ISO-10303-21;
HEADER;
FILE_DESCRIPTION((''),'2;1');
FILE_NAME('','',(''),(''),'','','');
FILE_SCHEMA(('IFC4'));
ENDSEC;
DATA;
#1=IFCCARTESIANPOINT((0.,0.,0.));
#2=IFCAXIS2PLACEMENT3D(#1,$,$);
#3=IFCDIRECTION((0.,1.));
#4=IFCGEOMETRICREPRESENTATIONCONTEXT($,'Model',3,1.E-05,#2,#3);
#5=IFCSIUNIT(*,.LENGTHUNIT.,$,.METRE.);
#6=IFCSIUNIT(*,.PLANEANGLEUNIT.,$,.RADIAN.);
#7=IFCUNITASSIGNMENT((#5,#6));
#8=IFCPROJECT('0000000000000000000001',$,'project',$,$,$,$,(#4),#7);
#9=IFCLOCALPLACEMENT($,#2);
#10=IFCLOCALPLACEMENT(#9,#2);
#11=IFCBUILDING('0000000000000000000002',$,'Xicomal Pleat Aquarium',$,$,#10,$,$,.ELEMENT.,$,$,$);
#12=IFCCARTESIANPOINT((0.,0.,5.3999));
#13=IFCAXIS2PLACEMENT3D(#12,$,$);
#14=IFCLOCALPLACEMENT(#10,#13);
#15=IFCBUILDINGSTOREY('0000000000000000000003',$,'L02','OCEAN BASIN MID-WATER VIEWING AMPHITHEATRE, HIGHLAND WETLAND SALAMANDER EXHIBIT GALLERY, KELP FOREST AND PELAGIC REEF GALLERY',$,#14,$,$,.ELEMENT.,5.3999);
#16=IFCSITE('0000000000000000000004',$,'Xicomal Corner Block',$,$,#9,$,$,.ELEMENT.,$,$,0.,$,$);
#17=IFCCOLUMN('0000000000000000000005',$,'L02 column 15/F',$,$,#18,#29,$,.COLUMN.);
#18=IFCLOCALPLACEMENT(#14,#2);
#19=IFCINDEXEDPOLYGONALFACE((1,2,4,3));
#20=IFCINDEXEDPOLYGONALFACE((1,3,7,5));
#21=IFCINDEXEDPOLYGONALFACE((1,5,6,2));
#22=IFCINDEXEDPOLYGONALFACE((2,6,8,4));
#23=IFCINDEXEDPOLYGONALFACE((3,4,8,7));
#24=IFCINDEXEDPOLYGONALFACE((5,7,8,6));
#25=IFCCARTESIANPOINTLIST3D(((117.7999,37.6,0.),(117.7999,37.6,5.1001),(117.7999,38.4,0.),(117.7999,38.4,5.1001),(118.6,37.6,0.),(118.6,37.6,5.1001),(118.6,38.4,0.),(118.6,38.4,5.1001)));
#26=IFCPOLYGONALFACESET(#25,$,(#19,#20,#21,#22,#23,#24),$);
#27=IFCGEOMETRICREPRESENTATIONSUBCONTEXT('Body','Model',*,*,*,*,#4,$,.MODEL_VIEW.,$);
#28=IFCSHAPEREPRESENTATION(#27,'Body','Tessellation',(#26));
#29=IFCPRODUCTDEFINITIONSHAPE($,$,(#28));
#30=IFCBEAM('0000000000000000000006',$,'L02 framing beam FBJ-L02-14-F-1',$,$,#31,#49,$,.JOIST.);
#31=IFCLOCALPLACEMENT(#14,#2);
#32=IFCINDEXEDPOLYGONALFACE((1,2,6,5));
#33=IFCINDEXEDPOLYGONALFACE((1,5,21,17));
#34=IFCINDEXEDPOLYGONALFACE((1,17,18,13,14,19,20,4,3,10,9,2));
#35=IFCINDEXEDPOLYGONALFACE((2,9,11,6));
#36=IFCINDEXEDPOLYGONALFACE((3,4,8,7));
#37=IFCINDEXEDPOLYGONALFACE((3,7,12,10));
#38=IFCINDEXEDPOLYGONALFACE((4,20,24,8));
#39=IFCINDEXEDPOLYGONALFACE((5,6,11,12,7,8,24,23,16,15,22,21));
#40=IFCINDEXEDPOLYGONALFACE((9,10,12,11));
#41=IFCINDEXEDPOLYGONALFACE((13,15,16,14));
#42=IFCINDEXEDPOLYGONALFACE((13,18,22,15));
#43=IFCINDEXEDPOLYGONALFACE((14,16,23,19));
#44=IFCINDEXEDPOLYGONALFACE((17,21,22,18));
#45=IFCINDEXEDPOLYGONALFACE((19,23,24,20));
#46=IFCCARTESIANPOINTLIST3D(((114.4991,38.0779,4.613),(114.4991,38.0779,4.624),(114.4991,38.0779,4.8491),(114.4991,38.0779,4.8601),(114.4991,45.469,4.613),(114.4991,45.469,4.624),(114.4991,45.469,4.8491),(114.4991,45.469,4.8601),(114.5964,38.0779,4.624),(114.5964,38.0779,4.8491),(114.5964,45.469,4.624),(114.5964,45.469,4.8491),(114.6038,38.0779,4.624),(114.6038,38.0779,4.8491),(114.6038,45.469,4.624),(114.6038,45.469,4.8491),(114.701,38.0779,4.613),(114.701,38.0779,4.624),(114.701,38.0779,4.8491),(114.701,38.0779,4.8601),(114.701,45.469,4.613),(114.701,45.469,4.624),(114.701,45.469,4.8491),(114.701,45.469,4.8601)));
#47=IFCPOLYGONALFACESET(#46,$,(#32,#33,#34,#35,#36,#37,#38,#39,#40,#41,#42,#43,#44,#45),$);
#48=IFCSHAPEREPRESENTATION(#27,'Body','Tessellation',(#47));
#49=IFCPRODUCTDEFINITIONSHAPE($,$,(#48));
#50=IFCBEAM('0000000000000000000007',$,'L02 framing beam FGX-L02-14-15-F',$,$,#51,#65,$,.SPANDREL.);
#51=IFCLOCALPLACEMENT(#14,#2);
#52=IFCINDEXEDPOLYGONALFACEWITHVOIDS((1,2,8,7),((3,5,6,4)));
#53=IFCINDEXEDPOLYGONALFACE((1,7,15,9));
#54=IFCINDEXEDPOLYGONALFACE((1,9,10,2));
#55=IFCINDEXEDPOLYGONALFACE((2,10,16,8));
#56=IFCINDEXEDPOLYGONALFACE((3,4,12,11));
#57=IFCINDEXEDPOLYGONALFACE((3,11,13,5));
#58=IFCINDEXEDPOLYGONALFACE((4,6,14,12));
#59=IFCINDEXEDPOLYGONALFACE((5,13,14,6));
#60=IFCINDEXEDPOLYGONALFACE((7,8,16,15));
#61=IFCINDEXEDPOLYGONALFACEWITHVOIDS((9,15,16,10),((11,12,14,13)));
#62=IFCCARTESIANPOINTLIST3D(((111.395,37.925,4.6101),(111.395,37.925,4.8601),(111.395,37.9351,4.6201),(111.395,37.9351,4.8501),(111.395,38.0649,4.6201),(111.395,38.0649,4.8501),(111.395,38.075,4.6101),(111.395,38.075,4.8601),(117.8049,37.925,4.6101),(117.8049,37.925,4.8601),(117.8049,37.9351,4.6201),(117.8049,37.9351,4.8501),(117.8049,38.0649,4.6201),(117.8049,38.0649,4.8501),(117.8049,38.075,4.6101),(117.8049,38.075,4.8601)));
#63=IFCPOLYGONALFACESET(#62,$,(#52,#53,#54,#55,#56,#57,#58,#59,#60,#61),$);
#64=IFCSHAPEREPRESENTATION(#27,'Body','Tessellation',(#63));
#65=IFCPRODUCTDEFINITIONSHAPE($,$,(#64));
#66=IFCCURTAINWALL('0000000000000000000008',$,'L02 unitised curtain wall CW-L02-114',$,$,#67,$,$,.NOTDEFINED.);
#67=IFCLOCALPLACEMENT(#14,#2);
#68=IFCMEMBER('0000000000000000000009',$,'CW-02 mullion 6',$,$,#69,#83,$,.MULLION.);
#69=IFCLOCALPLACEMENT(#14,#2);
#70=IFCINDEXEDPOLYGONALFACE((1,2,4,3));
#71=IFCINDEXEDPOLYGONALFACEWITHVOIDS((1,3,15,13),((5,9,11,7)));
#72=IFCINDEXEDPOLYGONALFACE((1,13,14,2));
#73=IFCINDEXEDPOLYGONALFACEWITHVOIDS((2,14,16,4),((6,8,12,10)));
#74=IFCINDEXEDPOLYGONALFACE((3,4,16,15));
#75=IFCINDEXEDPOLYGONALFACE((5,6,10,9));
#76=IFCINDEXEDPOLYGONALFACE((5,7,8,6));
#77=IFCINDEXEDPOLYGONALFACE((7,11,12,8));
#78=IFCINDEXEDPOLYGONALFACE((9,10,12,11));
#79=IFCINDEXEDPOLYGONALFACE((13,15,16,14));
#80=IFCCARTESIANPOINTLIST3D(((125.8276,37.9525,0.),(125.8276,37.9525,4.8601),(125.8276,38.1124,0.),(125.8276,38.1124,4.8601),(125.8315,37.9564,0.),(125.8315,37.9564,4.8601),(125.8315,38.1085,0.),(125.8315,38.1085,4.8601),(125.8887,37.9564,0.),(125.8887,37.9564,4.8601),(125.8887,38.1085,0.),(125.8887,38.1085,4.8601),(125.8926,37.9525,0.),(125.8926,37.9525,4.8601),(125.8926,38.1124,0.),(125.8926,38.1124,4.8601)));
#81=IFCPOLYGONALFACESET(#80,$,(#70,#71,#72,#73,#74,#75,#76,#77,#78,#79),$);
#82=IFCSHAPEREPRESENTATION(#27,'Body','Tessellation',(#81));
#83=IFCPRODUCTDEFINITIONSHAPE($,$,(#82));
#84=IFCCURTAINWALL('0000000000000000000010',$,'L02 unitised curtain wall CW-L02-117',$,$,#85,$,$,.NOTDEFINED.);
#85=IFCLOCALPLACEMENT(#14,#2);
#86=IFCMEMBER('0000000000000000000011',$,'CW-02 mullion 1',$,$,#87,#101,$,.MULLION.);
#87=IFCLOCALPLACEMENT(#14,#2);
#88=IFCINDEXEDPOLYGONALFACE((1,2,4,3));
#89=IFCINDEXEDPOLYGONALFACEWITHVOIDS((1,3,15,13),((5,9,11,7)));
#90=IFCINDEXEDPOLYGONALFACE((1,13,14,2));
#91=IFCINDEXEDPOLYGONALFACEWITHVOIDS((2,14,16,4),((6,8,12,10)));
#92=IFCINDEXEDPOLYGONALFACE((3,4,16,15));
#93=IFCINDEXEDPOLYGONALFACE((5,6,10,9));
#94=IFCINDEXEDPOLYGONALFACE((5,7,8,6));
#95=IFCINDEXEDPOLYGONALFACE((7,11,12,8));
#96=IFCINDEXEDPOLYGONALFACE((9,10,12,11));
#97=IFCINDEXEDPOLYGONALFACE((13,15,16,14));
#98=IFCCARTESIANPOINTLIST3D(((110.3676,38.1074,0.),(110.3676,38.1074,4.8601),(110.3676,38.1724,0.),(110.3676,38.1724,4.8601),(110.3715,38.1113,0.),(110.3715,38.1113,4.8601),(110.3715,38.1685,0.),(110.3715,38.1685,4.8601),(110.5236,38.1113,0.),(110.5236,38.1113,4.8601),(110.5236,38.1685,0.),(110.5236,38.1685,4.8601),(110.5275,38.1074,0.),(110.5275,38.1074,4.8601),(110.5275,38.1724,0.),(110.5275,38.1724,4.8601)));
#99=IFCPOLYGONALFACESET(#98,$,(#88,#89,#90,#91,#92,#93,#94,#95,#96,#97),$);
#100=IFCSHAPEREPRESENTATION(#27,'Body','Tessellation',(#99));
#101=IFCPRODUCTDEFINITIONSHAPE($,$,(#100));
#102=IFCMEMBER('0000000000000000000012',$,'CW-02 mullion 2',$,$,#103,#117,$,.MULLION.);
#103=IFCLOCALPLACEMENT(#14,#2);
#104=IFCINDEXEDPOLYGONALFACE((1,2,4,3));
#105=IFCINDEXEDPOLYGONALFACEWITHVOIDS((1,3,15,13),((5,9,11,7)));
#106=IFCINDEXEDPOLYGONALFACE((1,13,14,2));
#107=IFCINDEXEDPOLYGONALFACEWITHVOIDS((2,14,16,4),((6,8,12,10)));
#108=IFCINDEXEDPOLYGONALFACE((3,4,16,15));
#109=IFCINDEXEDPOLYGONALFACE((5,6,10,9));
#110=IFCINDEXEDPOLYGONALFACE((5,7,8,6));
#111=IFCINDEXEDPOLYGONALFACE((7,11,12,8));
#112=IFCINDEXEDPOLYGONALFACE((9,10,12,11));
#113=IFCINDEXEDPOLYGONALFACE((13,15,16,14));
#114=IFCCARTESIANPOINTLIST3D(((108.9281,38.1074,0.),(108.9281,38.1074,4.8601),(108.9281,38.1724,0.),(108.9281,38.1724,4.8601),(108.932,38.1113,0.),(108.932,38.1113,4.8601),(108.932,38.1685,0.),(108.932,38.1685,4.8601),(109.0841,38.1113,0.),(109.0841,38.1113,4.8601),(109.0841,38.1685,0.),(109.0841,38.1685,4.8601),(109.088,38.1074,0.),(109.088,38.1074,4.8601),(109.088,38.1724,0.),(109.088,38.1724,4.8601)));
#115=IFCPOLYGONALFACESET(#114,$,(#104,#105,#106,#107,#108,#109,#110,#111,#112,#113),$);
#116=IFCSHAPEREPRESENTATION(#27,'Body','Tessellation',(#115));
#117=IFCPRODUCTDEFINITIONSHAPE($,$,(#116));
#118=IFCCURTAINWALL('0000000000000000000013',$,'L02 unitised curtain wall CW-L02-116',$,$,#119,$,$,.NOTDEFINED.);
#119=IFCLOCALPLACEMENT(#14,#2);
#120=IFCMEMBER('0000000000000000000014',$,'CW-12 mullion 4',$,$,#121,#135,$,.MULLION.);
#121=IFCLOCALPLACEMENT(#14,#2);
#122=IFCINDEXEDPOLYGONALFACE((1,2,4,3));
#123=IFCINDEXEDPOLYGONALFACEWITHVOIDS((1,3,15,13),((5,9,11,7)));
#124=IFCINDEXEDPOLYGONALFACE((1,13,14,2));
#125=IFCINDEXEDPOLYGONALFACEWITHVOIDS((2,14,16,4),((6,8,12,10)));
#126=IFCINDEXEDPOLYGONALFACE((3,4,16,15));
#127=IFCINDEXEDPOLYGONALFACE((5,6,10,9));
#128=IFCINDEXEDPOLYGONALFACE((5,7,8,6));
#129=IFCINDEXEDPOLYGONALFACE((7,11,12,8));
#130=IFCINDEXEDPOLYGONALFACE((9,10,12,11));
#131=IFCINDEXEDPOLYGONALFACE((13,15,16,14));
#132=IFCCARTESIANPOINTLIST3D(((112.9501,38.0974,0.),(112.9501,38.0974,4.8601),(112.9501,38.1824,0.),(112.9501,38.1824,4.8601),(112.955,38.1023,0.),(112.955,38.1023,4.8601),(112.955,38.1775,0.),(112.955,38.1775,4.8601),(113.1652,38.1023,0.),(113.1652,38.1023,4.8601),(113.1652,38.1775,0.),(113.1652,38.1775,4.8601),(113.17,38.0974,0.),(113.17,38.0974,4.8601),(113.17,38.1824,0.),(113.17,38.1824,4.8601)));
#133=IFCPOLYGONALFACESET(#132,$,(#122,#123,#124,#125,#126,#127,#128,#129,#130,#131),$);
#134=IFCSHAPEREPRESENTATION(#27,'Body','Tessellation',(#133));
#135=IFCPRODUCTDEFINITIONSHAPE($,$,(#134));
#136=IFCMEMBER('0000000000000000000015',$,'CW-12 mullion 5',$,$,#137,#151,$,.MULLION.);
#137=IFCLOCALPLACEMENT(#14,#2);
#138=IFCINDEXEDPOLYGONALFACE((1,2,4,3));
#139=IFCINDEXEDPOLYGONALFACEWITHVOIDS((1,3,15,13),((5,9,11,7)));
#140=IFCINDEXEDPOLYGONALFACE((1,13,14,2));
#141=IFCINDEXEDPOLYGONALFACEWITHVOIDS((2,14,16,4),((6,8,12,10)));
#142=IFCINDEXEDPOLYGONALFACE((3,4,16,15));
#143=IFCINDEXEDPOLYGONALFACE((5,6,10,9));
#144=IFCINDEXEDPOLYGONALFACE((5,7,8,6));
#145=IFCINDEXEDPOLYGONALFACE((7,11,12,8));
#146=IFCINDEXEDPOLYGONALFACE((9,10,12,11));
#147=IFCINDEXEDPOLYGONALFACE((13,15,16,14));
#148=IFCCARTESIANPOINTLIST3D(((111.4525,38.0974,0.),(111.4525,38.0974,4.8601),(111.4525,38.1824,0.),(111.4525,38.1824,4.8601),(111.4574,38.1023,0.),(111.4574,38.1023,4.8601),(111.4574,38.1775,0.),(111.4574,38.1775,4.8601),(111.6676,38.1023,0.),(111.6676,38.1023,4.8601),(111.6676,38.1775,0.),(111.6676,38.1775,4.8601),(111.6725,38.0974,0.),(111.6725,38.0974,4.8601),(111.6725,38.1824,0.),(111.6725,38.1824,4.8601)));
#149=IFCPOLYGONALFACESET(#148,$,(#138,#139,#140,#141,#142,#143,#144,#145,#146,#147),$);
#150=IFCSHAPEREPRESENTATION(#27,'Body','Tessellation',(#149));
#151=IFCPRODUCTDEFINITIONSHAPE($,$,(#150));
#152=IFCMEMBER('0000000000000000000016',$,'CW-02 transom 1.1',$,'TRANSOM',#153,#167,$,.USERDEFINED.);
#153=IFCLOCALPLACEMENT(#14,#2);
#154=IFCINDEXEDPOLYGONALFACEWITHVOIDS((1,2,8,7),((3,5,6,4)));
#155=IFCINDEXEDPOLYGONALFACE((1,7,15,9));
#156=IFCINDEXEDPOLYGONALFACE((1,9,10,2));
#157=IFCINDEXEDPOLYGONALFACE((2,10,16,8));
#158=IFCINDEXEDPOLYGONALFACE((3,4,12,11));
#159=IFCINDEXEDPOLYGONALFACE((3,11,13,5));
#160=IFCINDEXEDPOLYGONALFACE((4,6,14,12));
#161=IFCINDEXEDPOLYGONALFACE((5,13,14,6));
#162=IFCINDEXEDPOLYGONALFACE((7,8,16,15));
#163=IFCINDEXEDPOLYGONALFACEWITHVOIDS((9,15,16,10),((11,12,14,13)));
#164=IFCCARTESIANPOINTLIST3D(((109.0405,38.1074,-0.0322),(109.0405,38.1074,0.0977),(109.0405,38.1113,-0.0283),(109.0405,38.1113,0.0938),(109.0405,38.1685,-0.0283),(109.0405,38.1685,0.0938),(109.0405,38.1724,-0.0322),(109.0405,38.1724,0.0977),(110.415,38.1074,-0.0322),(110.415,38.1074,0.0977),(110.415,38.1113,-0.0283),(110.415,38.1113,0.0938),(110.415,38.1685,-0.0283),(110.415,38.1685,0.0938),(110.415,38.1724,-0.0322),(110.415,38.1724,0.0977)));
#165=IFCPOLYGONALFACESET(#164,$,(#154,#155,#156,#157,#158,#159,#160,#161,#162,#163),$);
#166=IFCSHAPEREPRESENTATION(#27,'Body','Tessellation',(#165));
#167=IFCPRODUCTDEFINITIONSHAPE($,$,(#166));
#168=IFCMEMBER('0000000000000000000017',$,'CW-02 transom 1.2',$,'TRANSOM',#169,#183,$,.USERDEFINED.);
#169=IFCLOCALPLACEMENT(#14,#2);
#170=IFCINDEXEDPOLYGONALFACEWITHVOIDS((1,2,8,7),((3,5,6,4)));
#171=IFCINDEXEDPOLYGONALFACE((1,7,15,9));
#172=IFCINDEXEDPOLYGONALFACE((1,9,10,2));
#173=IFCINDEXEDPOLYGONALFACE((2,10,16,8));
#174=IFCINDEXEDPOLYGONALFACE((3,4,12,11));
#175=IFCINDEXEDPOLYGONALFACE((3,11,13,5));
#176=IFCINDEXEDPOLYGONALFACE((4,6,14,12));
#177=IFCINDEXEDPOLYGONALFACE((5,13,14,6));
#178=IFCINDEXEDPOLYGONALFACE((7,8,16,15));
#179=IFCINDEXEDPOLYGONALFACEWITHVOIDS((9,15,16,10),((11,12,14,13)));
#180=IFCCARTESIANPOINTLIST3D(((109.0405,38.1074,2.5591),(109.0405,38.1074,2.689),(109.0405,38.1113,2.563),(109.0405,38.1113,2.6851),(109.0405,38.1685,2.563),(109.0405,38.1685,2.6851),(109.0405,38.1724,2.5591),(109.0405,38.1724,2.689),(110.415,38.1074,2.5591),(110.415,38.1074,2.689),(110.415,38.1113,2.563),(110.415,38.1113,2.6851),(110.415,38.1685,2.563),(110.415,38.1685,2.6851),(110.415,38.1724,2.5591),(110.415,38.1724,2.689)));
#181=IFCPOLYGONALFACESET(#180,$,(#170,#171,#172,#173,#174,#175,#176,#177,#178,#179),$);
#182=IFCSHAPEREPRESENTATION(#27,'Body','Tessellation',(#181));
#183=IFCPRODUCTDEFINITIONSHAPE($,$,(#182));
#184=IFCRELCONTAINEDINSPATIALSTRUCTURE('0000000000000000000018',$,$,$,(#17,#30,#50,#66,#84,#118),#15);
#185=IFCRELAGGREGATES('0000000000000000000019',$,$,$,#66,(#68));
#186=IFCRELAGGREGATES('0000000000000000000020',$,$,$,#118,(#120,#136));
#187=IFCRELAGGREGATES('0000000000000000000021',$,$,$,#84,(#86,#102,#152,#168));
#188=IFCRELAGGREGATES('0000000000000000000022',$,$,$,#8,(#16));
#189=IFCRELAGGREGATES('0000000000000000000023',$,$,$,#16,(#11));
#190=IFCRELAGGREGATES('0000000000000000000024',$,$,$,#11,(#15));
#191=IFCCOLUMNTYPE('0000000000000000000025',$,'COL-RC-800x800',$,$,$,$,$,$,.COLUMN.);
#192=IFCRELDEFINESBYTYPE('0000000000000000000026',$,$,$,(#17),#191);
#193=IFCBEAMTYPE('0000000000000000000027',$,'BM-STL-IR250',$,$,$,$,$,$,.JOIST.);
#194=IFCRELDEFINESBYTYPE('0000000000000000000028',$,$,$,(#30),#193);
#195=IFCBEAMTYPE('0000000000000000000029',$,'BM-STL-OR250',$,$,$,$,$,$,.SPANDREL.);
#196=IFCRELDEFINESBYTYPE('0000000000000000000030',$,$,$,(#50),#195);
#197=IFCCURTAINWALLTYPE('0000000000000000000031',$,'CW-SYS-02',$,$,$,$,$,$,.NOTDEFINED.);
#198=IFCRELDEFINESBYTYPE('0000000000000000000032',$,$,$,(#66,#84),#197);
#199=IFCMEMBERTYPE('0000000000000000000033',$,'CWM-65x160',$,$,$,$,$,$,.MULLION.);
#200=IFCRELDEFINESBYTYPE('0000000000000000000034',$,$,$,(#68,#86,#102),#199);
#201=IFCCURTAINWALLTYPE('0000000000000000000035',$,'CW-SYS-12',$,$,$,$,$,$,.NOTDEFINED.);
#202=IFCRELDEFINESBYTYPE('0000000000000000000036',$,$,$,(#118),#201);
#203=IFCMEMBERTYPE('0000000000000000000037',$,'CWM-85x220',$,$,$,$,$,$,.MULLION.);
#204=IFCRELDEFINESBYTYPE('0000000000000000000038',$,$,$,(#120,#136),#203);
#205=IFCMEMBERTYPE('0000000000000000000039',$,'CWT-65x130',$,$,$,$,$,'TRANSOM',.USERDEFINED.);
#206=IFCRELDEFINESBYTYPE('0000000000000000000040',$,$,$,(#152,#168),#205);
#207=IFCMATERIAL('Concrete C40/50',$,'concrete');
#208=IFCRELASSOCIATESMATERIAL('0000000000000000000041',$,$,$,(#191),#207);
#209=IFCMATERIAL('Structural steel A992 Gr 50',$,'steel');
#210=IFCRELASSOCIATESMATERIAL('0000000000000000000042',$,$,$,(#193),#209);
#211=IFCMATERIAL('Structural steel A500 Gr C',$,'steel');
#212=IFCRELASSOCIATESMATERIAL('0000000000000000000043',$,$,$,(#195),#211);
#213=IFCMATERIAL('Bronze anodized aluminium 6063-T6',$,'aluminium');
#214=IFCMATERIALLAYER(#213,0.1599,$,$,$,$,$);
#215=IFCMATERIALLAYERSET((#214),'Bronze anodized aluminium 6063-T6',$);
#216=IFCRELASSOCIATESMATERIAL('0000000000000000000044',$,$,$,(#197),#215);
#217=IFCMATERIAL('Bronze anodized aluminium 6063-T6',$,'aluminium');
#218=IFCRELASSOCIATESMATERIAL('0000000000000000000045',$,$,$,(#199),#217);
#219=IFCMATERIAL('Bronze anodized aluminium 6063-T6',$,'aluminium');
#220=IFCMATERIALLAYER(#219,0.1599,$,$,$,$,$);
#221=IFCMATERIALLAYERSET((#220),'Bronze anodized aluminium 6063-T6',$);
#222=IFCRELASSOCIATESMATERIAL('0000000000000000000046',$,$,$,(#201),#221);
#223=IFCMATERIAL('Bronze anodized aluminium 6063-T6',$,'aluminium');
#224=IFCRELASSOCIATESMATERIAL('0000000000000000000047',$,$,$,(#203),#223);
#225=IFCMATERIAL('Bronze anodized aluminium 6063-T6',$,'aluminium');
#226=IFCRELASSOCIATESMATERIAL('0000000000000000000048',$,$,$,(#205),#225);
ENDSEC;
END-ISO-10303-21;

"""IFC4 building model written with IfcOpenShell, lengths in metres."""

from ifc_helpers import new_model, si_unit, direction, frame, origin, origin_2d, place, context, subcontext, project, spatial, rectangle, hollow_rectangle, i_section, extrude, material, layer, layer_set, material_profile, profile_set, type_object, element, aggregate, save


model = new_model("IFC4")

# Units and contexts
model_context = context("Model", 3, precision=1e-05, world=origin(), true_north=direction((0.0, 1.0)))
body_context = subcontext(model_context, "Body", "Model", "MODEL_VIEW")
ifc_project = project(units=[si_unit("LENGTHUNIT", "METRE"), si_unit("PLANEANGLEUNIT", "RADIAN")], contexts=[model_context])

# Site, building, storey
site_placement = place(None, origin())
site = spatial("IfcSite", under=ifc_project, at=site_placement, Name="Xicomal Corner Block", CompositionType="ELEMENT", RefElevation=0.0)
building_placement = place(site_placement, origin())
building = spatial("IfcBuilding", under=site, at=building_placement, Name="Xicomal Pleat Aquarium", CompositionType="ELEMENT")
storey_placement = place(building_placement, frame((0.0, 0.0, 5.3999)))
storey = spatial("IfcBuildingStorey", under=building, at=storey_placement, Name="L02", Description="OCEAN BASIN MID-WATER VIEWING AMPHITHEATRE, HIGHLAND WETLAND SALAMANDER EXHIBIT GALLERY, KELP FOREST AND PELAGIC REEF GALLERY", CompositionType="ELEMENT", Elevation=5.3999)

# Column
ifc_material_1 = material(Name="Concrete C40/50", Category="concrete")
ifc_material_profile_1 = material_profile(ifc_material_1, rectangle(XDim=0.8, YDim=0.8, at=origin_2d()), Name="RC 800x800")
ifc_profile_set_1 = profile_set([ifc_material_profile_1], Name="Concrete C40/50")
column_type = type_object("IfcColumnType", Name="COL-RC-800x800", PredefinedType="COLUMN", material=ifc_profile_set_1)
column_placement = place(storey_placement, frame((118.2, 38.0, 0.0), z_axis=(0.0, 0.0, 1.0), x_axis=(1.0, 0.0, 0.0)))
element("IfcColumn", 1, at=column_placement, inside=storey, type_object=column_type, Name="L02 column 15/F", PredefinedType="COLUMN", context=body_context, shape_type="SweptSolid", body=[
    extrude(rectangle(XDim=0.8, YDim=0.8, at=origin_2d()), origin(), (0.0, 0.0, 1.0), 5.1001),
])

# Beams
ifc_material_2 = material(Name="Structural steel A992 Gr 50", Category="steel")
ifc_material_profile_2 = material_profile(ifc_material_2, i_section(OverallWidth=0.2019, OverallDepth=0.2471, WebThickness=0.0073, FlangeThickness=0.011, at=origin_2d()), Name="IR 250x49")
ifc_profile_set_2 = profile_set([ifc_material_profile_2], Name="Structural steel A992 Gr 50")
beam_type_1 = type_object("IfcBeamType", Name="BM-STL-IR250", PredefinedType="JOIST", material=ifc_profile_set_2)
beam_1_placement = place(storey_placement, frame((114.6001, 38.0779, 4.7366), z_axis=(0.0, 1.0, 0.0), x_axis=(-1.0, 0.0, 0.0)))
element("IfcBeam", 2, at=beam_1_placement, inside=storey, type_object=beam_type_1, Name="L02 framing beam FBJ-L02-14-F-1", PredefinedType="JOIST", context=body_context, shape_type="SweptSolid", body=[
    extrude(i_section(OverallWidth=0.2019, OverallDepth=0.2471, WebThickness=0.0073, FlangeThickness=0.011, at=origin_2d()), origin(), (0.0, 0.0, 1.0), 7.3911),
])
ifc_material_3 = material(Name="Structural steel A500 Gr C", Category="steel")
ifc_material_profile_3 = material_profile(ifc_material_3, hollow_rectangle(XDim=0.1499, YDim=0.25, WallThickness=0.01, at=origin_2d()), Name="OR 250x150x10")
ifc_profile_set_3 = profile_set([ifc_material_profile_3], Name="Structural steel A500 Gr C")
beam_type_2 = type_object("IfcBeamType", Name="BM-STL-OR250", PredefinedType="SPANDREL", material=ifc_profile_set_3)
beam_2_placement = place(storey_placement, frame((111.395, 38.0, 4.7351), z_axis=(1.0, 0.0, 0.0), x_axis=(0.0, 1.0, 0.0)))
element("IfcBeam", 3, at=beam_2_placement, inside=storey, type_object=beam_type_2, Name="L02 framing beam FGX-L02-14-15-F", PredefinedType="SPANDREL", context=body_context, shape_type="SweptSolid", body=[
    extrude(hollow_rectangle(XDim=0.1499, YDim=0.25, WallThickness=0.01, at=origin_2d()), origin(), (0.0, 0.0, 1.0), 6.4099),
])

# Curtain wall, member
ifc_material_4 = material(Name="Bronze anodized aluminium 6063-T6", Category="aluminium")
ifc_layer_1 = layer(ifc_material_4, 0.1599)
ifc_layer_set_1 = layer_set([ifc_layer_1], Name="Bronze anodized aluminium 6063-T6")
curtain_wall_type_1 = type_object("IfcCurtainWallType", Name="CW-SYS-02", PredefinedType="NOTDEFINED", material=ifc_layer_set_1)
curtain_wall_1_placement = place(storey_placement, origin())
curtain_wall_1 = element("IfcCurtainWall", 4, at=curtain_wall_1_placement, inside=storey, type_object=curtain_wall_type_1, Name="L02 unitised curtain wall CW-L02-114", PredefinedType="NOTDEFINED")
ifc_material_5 = material(Name="Bronze anodized aluminium 6063-T6", Category="aluminium")
ifc_material_profile_4 = material_profile(ifc_material_5, hollow_rectangle(XDim=0.0649, YDim=0.1599, WallThickness=0.0039, at=origin_2d()), Name="ALU MULL 65x160")
ifc_profile_set_4 = profile_set([ifc_material_profile_4], Name="Bronze anodized aluminium 6063-T6")
member_type_1 = type_object("IfcMemberType", Name="CWM-65x160", PredefinedType="MULLION", material=ifc_profile_set_4)
member_1_placement = place(storey_placement, frame((125.8601, 38.0325, 0.0), z_axis=(0.0, 0.0, 1.0), x_axis=(1.0, 0.0, 0.0)))
member_1 = element("IfcMember", 5, at=member_1_placement, type_object=member_type_1, Name="CW-02 mullion 6", PredefinedType="MULLION", context=body_context, shape_type="SweptSolid", body=[
    extrude(hollow_rectangle(XDim=0.0649, YDim=0.1599, WallThickness=0.0039, at=origin_2d()), origin(), (0.0, 0.0, 1.0), 4.8601),
])
aggregate(curtain_wall_1, [member_1])

# Curtain walls, members
curtain_wall_2_placement = place(storey_placement, origin())
curtain_wall_2 = element("IfcCurtainWall", 6, at=curtain_wall_2_placement, inside=storey, type_object=curtain_wall_type_1, Name="L02 unitised curtain wall CW-L02-117", PredefinedType="NOTDEFINED")
member_2_placement = place(storey_placement, frame((110.4475, 38.1399, 0.0), z_axis=(0.0, 0.0, 1.0), x_axis=(0.0, -1.0, 0.0)))
member_2 = element("IfcMember", 7, at=member_2_placement, type_object=member_type_1, Name="CW-02 mullion 1", PredefinedType="MULLION", context=body_context, shape_type="SweptSolid", body=[
    extrude(hollow_rectangle(XDim=0.0649, YDim=0.1599, WallThickness=0.0039, at=origin_2d()), origin(), (0.0, 0.0, 1.0), 4.8601),
])
member_3_placement = place(storey_placement, frame((109.0081, 38.1399, 0.0), z_axis=(0.0, 0.0, 1.0), x_axis=(0.0, -1.0, 0.0)))
member_3 = element("IfcMember", 8, at=member_3_placement, type_object=member_type_1, Name="CW-02 mullion 2", PredefinedType="MULLION", context=body_context, shape_type="SweptSolid", body=[
    extrude(hollow_rectangle(XDim=0.0649, YDim=0.1599, WallThickness=0.0039, at=origin_2d()), origin(), (0.0, 0.0, 1.0), 4.8601),
])
ifc_material_6 = material(Name="Bronze anodized aluminium 6063-T6", Category="aluminium")
ifc_layer_2 = layer(ifc_material_6, 0.1599)
ifc_layer_set_2 = layer_set([ifc_layer_2], Name="Bronze anodized aluminium 6063-T6")
curtain_wall_type_2 = type_object("IfcCurtainWallType", Name="CW-SYS-12", PredefinedType="NOTDEFINED", material=ifc_layer_set_2)
curtain_wall_3_placement = place(storey_placement, origin())
curtain_wall_3 = element("IfcCurtainWall", 9, at=curtain_wall_3_placement, inside=storey, type_object=curtain_wall_type_2, Name="L02 unitised curtain wall CW-L02-116", PredefinedType="NOTDEFINED")
ifc_material_7 = material(Name="Bronze anodized aluminium 6063-T6", Category="aluminium")
ifc_material_profile_5 = material_profile(ifc_material_7, hollow_rectangle(XDim=0.085, YDim=0.22, WallThickness=0.0049, at=origin_2d()), Name="ALU MULL 85x220")
ifc_profile_set_5 = profile_set([ifc_material_profile_5], Name="Bronze anodized aluminium 6063-T6")
member_type_2 = type_object("IfcMemberType", Name="CWM-85x220", PredefinedType="MULLION", material=ifc_profile_set_5)
member_4_placement = place(storey_placement, frame((113.0601, 38.1399, 0.0), z_axis=(0.0, 0.0, 1.0), x_axis=(0.0, -1.0, 0.0)))
member_4 = element("IfcMember", 10, at=member_4_placement, type_object=member_type_2, Name="CW-12 mullion 4", PredefinedType="MULLION", context=body_context, shape_type="SweptSolid", body=[
    extrude(hollow_rectangle(XDim=0.085, YDim=0.22, WallThickness=0.0049, at=origin_2d()), origin(), (0.0, 0.0, 1.0), 4.8601),
])
member_5_placement = place(storey_placement, frame((111.5625, 38.1399, 0.0), z_axis=(0.0, 0.0, 1.0), x_axis=(0.0, -1.0, 0.0)))
member_5 = element("IfcMember", 11, at=member_5_placement, type_object=member_type_2, Name="CW-12 mullion 5", PredefinedType="MULLION", context=body_context, shape_type="SweptSolid", body=[
    extrude(hollow_rectangle(XDim=0.085, YDim=0.22, WallThickness=0.0049, at=origin_2d()), origin(), (0.0, 0.0, 1.0), 4.8601),
])

# Members
ifc_material_8 = material(Name="Bronze anodized aluminium 6063-T6", Category="aluminium")
ifc_material_profile_6 = material_profile(ifc_material_8, hollow_rectangle(XDim=0.0649, YDim=0.1299, WallThickness=0.0039, at=origin_2d()), Name="ALU TRAN 65x130")
ifc_profile_set_6 = profile_set([ifc_material_profile_6], Name="Bronze anodized aluminium 6063-T6")
member_type_3 = type_object("IfcMemberType", Name="CWT-65x130", ElementType="TRANSOM", PredefinedType="USERDEFINED", material=ifc_profile_set_6)
member_6_placement = place(storey_placement, frame((110.415, 38.1399, 0.0327), z_axis=(-1.0, 0.0, 0.0), x_axis=(0.0, -1.0, 0.0)))
member_6 = element("IfcMember", 12, at=member_6_placement, type_object=member_type_3, Name="CW-02 transom 1.1", ObjectType="TRANSOM", PredefinedType="USERDEFINED", context=body_context, shape_type="SweptSolid", body=[
    extrude(hollow_rectangle(XDim=0.0649, YDim=0.1299, WallThickness=0.0039, at=origin_2d()), origin(), (0.0, 0.0, 1.0), 1.3745),
])
member_7_placement = place(storey_placement, frame((110.415, 38.1399, 2.624), z_axis=(-1.0, 0.0, 0.0), x_axis=(0.0, -1.0, 0.0)))
member_7 = element("IfcMember", 13, at=member_7_placement, type_object=member_type_3, Name="CW-02 transom 1.2", ObjectType="TRANSOM", PredefinedType="USERDEFINED", context=body_context, shape_type="SweptSolid", body=[
    extrude(hollow_rectangle(XDim=0.0649, YDim=0.1299, WallThickness=0.0039, at=origin_2d()), origin(), (0.0, 0.0, 1.0), 1.3745),
])

aggregate(curtain_wall_3, [member_4, member_5])
aggregate(curtain_wall_2, [member_2, member_3, member_6, member_7])

save(model, "model.ifc")
